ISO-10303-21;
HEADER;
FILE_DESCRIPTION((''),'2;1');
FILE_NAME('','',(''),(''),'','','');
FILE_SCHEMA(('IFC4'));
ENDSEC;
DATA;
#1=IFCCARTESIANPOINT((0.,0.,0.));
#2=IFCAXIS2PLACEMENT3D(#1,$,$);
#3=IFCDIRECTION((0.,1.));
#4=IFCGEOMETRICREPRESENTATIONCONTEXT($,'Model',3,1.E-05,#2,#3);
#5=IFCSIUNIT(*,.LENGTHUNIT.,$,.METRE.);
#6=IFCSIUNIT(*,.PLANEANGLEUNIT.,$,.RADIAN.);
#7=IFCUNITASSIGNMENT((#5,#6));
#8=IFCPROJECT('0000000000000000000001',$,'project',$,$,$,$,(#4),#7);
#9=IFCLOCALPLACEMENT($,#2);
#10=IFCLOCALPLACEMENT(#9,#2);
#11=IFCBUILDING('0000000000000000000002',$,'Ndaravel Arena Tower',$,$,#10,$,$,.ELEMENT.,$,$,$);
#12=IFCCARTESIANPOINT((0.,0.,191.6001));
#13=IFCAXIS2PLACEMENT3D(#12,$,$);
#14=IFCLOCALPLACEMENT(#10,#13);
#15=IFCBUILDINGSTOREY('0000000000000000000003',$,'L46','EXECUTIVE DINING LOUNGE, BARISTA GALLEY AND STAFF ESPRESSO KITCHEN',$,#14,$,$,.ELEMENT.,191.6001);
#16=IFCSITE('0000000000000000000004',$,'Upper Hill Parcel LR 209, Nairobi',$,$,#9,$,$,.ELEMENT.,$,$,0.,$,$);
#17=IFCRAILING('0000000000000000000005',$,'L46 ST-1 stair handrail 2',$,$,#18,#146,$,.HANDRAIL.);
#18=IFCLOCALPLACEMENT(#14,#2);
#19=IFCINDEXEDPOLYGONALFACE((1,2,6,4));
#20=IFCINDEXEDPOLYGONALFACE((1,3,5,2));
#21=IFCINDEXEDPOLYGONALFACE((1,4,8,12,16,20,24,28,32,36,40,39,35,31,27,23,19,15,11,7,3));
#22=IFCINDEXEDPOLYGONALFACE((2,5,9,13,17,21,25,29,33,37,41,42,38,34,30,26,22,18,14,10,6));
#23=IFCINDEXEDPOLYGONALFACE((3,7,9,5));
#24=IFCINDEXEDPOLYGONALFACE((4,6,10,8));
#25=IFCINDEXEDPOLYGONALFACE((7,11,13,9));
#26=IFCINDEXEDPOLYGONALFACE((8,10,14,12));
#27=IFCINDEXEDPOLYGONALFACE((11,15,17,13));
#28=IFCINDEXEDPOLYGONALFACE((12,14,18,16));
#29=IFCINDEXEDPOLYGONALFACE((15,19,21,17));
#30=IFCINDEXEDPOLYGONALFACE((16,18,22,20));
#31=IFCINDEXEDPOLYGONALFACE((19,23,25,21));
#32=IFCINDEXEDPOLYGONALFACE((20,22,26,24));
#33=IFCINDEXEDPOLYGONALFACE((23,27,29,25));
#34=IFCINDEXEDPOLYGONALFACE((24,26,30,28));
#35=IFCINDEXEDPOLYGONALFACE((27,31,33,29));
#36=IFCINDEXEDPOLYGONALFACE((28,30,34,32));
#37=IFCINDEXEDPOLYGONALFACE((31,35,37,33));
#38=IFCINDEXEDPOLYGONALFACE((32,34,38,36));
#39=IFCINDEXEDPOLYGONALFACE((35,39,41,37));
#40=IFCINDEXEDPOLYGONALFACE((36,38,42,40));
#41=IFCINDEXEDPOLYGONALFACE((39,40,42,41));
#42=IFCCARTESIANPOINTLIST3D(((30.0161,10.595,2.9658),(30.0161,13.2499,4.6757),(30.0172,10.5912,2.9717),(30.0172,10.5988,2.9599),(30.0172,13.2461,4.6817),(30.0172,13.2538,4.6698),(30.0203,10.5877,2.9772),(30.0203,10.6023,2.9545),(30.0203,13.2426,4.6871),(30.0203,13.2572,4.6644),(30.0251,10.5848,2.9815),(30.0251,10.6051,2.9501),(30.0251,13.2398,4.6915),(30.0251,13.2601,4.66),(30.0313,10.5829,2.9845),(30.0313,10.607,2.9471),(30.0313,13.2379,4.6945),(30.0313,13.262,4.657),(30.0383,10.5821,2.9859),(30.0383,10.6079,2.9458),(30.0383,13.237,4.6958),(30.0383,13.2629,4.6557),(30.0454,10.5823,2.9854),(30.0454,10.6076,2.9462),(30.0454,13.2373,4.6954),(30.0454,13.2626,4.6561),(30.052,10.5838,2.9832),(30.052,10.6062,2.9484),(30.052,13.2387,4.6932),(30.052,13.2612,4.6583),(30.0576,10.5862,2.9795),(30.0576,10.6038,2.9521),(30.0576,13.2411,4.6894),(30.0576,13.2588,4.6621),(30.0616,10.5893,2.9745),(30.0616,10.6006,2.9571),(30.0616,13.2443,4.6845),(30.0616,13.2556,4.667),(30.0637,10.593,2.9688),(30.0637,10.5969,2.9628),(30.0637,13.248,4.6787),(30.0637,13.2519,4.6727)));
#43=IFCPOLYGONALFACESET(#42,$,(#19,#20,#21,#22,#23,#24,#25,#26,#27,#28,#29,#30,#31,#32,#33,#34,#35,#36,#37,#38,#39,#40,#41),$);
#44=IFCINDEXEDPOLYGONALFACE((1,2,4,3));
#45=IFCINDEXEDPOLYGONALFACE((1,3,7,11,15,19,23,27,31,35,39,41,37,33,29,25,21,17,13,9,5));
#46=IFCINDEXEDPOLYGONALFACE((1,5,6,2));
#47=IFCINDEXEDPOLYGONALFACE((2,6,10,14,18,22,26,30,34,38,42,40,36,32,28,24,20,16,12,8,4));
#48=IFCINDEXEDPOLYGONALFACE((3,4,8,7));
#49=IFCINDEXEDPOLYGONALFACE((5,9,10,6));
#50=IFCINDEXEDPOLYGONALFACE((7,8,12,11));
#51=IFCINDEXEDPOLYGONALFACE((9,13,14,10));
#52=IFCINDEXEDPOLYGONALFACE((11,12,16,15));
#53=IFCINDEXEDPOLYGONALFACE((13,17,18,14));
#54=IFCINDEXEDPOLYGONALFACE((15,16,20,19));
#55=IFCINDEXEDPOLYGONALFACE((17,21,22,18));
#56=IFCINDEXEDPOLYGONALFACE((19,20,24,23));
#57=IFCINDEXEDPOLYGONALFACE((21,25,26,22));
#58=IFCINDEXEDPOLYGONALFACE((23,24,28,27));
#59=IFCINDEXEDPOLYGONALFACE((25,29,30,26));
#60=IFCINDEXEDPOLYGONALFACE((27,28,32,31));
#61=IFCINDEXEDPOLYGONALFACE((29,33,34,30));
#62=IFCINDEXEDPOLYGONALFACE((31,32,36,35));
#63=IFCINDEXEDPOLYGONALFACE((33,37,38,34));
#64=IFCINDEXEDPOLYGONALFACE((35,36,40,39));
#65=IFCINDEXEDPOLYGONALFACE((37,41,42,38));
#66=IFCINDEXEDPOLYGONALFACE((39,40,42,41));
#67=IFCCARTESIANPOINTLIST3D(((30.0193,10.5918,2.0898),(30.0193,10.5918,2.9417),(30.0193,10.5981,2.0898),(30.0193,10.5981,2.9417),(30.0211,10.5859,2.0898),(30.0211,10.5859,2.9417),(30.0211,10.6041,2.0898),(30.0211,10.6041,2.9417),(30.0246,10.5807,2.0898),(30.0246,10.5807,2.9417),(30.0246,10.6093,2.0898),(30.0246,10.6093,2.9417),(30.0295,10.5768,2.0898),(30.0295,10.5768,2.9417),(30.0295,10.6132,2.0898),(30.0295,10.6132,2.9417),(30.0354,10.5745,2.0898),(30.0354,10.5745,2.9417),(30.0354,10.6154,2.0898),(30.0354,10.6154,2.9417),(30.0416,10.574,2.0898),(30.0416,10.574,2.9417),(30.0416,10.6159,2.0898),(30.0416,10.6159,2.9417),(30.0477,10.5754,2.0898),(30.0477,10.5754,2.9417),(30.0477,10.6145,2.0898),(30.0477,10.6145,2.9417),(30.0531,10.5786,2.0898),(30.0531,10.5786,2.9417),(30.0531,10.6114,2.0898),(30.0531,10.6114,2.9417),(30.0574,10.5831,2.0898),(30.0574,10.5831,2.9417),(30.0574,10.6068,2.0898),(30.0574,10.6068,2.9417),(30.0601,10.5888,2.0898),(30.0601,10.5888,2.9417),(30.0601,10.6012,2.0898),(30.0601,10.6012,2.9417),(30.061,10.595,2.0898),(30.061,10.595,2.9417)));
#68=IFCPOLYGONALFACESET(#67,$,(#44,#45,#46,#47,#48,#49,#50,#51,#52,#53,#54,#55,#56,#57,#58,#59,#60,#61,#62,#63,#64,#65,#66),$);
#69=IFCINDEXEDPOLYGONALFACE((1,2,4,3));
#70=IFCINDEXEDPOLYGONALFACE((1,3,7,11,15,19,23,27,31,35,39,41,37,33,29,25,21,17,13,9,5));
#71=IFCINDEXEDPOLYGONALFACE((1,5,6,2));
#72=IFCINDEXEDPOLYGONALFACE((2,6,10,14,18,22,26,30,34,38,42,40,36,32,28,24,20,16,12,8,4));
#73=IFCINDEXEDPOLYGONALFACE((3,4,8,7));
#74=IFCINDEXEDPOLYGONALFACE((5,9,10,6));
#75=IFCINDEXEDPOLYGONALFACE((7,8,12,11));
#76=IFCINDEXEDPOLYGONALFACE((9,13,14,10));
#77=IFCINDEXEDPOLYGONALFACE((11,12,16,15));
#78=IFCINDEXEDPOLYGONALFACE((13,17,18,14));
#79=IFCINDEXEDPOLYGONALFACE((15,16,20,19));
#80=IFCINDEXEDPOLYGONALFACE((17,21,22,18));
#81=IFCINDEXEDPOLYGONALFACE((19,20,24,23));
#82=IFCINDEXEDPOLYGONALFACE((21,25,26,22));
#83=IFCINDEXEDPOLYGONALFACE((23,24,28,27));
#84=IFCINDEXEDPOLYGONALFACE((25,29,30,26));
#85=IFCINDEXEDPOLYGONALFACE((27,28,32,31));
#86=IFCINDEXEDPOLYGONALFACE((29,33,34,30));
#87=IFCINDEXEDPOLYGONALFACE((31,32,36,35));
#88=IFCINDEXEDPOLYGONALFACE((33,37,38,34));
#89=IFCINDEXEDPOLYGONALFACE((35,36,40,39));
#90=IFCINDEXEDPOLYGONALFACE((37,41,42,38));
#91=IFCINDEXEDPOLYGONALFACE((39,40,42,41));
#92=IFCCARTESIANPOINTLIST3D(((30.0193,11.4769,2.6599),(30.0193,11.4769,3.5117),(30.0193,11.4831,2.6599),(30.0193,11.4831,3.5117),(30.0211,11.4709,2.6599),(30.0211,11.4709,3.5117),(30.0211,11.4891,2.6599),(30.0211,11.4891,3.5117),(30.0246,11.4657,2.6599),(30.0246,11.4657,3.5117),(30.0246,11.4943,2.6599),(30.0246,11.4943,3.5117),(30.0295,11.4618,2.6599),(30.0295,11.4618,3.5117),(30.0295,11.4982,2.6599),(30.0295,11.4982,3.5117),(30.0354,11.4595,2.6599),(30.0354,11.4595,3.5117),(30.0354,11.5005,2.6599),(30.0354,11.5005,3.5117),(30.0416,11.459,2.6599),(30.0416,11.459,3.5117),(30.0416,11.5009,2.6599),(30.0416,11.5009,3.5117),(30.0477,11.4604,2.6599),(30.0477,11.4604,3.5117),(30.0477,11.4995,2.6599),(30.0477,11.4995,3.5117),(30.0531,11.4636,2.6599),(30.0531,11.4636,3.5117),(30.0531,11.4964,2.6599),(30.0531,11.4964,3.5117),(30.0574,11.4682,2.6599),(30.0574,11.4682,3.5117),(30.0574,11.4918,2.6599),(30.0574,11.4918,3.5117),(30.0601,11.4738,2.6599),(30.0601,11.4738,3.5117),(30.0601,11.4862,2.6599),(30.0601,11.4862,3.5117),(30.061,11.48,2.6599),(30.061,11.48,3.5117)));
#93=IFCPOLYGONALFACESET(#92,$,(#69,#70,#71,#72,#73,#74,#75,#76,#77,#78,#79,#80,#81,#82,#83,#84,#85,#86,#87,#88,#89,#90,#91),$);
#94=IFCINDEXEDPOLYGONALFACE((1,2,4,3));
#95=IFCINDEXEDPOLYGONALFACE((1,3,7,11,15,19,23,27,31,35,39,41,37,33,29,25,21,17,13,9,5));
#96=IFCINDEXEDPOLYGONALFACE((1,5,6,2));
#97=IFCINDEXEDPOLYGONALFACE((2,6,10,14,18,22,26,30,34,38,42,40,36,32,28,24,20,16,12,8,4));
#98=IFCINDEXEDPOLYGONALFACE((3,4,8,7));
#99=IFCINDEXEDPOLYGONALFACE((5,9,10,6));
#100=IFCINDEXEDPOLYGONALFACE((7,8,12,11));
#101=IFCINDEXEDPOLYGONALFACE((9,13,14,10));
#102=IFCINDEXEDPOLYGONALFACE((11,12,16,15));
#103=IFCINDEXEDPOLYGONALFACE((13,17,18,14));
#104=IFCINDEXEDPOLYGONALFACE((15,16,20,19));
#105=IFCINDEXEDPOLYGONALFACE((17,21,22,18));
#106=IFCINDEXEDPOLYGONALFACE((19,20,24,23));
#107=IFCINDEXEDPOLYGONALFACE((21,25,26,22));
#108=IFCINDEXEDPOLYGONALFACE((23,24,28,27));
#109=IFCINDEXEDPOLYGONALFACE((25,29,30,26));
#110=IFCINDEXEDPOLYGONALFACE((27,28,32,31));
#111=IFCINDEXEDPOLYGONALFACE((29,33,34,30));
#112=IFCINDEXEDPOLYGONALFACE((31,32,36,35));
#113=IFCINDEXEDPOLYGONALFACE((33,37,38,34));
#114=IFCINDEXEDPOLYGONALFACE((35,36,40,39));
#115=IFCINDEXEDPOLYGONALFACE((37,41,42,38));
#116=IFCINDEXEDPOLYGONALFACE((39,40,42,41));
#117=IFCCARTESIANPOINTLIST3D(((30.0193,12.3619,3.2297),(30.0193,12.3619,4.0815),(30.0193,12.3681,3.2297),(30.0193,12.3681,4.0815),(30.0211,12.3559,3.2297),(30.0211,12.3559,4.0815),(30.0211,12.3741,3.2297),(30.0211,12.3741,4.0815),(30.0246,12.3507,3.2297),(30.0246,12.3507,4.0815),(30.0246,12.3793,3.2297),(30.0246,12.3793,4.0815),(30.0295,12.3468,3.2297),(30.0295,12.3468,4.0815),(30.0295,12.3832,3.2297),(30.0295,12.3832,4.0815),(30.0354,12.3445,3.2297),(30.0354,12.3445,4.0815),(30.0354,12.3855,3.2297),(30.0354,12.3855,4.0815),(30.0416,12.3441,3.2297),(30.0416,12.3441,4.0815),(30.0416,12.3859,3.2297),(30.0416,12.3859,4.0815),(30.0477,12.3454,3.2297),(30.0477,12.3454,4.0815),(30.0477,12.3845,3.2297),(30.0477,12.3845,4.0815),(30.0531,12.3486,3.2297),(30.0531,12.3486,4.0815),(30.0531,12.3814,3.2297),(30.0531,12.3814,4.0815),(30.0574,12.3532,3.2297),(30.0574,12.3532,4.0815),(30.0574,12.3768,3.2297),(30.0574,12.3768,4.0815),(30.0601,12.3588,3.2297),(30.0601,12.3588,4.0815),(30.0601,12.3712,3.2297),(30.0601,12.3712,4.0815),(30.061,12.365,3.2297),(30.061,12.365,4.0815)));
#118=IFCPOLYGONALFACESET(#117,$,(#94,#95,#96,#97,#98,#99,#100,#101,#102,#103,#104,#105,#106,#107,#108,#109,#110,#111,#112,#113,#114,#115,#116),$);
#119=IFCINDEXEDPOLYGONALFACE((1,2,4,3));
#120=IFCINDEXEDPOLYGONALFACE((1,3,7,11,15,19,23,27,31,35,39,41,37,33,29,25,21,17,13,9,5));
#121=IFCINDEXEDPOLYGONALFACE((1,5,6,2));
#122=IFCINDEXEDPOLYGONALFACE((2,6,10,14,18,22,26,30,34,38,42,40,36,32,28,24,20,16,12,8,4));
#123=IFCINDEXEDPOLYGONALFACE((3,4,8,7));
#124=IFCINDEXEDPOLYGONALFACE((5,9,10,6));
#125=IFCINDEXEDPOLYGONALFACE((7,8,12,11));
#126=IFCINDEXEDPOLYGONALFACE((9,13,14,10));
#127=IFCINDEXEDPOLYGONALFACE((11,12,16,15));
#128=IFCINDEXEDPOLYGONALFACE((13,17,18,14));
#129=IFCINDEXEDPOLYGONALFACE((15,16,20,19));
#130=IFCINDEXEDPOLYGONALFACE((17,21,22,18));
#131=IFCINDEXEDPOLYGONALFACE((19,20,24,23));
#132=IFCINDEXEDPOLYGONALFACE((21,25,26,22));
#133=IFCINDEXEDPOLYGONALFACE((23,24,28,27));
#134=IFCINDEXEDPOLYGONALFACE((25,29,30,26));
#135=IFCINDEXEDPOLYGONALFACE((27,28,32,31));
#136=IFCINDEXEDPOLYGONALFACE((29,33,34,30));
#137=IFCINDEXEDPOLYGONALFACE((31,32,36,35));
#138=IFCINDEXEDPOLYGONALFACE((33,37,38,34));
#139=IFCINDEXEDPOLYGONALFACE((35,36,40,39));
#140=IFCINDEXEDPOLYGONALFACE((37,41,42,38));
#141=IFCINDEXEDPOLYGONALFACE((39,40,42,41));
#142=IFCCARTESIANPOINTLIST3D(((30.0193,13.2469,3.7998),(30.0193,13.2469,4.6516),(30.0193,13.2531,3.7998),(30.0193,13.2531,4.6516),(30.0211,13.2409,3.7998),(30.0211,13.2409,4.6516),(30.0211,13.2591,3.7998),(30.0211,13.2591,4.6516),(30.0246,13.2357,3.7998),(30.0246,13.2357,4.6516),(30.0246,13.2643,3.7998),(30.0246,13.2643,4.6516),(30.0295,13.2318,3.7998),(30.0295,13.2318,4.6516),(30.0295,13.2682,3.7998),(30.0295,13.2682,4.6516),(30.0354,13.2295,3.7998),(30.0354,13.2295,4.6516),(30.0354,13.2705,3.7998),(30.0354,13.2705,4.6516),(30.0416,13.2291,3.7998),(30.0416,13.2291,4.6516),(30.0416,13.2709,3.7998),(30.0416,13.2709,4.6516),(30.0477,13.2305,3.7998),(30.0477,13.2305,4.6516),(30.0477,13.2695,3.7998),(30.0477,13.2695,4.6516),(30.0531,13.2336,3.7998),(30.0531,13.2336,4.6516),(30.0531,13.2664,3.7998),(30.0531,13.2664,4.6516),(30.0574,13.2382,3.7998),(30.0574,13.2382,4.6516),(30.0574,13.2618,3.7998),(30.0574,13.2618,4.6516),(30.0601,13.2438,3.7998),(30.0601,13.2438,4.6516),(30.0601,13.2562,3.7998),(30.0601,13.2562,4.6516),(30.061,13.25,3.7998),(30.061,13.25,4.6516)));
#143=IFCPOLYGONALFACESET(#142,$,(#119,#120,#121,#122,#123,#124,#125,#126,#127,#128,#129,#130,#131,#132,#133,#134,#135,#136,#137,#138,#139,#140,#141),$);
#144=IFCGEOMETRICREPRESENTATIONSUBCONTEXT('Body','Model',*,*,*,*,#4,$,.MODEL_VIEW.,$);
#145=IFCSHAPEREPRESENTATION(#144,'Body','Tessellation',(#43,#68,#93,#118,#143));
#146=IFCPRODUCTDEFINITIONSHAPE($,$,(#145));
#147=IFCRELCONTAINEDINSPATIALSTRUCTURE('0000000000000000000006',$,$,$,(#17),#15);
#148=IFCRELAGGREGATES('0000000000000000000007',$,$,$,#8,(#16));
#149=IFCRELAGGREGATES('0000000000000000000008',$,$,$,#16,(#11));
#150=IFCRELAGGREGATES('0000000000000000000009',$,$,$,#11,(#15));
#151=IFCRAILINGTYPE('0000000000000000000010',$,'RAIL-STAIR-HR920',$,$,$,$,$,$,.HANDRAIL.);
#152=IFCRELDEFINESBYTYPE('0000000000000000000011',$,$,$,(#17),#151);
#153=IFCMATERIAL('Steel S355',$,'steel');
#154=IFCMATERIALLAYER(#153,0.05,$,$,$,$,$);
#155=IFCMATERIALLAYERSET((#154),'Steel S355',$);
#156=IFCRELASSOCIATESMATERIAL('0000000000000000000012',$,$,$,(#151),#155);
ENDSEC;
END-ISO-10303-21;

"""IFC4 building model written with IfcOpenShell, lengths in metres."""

from ifc_helpers import new_model, si_unit, direction, frame, origin, origin_2d, place, context, subcontext, project, spatial, circle, extrude, material, layer, layer_set, type_object, element, save


model = new_model("IFC4")

# Units and contexts
model_context = context("Model", 3, precision=1e-05, world=origin(), true_north=direction((0.0, 1.0)))
body_context = subcontext(model_context, "Body", "Model", "MODEL_VIEW")
ifc_project = project(units=[si_unit("LENGTHUNIT", "METRE"), si_unit("PLANEANGLEUNIT", "RADIAN")], contexts=[model_context])

# Site, building, storey
site_placement = place(None, origin())
site = spatial("IfcSite", under=ifc_project, at=site_placement, Name="Upper Hill Parcel LR 209, Nairobi", CompositionType="ELEMENT", RefElevation=0.0)
building_placement = place(site_placement, origin())
building = spatial("IfcBuilding", under=site, at=building_placement, Name="Ndaravel Arena Tower", CompositionType="ELEMENT")
storey_placement = place(building_placement, frame((0.0, 0.0, 191.6001)))
storey = spatial("IfcBuildingStorey", under=building, at=storey_placement, Name="L46", Description="EXECUTIVE DINING LOUNGE, BARISTA GALLEY AND STAFF ESPRESSO KITCHEN", CompositionType="ELEMENT", Elevation=191.6001)

# Railing
ifc_material_1 = material(Name="Steel S355", Category="steel")
ifc_layer_1 = layer(ifc_material_1, 0.05)
ifc_layer_set_1 = layer_set([ifc_layer_1], Name="Steel S355")
railing_type_1 = type_object("IfcRailingType", Name="RAIL-STAIR-HR920", PredefinedType="HANDRAIL", material=ifc_layer_set_1)
railing_1_placement = place(storey_placement, frame((30.04, 10.595, 2.0898)))
element("IfcRailing", 1, at=railing_1_placement, inside=storey, type_object=railing_type_1, Name="L46 ST-1 stair handrail 2", PredefinedType="HANDRAIL", context=body_context, shape_type="SweptSolid", body=[
    extrude(circle(Radius=0.0239, at=origin_2d()), frame((0.0, 0.0, 0.876), z_axis=(0.0, 0.840724, 0.541465), x_axis=(-1.0, 0.0, 0.0)), (0.0, 0.0, 1.0), 3.158),
    extrude(circle(Radius=0.021, at=origin_2d()), origin(), (0.0, 0.0, 1.0), 0.8518),
    extrude(circle(Radius=0.021, at=origin_2d()), frame((0.0, 0.885, 0.5701)), (0.0, 0.0, 1.0), 0.8518),
    extrude(circle(Radius=0.021, at=origin_2d()), frame((0.0, 1.77, 1.1399)), (0.0, 0.0, 1.0), 0.8518),
    extrude(circle(Radius=0.021, at=origin_2d()), frame((0.0, 2.655, 1.71)), (0.0, 0.0, 1.0), 0.8518),
])

save(model, "model.ifc")
